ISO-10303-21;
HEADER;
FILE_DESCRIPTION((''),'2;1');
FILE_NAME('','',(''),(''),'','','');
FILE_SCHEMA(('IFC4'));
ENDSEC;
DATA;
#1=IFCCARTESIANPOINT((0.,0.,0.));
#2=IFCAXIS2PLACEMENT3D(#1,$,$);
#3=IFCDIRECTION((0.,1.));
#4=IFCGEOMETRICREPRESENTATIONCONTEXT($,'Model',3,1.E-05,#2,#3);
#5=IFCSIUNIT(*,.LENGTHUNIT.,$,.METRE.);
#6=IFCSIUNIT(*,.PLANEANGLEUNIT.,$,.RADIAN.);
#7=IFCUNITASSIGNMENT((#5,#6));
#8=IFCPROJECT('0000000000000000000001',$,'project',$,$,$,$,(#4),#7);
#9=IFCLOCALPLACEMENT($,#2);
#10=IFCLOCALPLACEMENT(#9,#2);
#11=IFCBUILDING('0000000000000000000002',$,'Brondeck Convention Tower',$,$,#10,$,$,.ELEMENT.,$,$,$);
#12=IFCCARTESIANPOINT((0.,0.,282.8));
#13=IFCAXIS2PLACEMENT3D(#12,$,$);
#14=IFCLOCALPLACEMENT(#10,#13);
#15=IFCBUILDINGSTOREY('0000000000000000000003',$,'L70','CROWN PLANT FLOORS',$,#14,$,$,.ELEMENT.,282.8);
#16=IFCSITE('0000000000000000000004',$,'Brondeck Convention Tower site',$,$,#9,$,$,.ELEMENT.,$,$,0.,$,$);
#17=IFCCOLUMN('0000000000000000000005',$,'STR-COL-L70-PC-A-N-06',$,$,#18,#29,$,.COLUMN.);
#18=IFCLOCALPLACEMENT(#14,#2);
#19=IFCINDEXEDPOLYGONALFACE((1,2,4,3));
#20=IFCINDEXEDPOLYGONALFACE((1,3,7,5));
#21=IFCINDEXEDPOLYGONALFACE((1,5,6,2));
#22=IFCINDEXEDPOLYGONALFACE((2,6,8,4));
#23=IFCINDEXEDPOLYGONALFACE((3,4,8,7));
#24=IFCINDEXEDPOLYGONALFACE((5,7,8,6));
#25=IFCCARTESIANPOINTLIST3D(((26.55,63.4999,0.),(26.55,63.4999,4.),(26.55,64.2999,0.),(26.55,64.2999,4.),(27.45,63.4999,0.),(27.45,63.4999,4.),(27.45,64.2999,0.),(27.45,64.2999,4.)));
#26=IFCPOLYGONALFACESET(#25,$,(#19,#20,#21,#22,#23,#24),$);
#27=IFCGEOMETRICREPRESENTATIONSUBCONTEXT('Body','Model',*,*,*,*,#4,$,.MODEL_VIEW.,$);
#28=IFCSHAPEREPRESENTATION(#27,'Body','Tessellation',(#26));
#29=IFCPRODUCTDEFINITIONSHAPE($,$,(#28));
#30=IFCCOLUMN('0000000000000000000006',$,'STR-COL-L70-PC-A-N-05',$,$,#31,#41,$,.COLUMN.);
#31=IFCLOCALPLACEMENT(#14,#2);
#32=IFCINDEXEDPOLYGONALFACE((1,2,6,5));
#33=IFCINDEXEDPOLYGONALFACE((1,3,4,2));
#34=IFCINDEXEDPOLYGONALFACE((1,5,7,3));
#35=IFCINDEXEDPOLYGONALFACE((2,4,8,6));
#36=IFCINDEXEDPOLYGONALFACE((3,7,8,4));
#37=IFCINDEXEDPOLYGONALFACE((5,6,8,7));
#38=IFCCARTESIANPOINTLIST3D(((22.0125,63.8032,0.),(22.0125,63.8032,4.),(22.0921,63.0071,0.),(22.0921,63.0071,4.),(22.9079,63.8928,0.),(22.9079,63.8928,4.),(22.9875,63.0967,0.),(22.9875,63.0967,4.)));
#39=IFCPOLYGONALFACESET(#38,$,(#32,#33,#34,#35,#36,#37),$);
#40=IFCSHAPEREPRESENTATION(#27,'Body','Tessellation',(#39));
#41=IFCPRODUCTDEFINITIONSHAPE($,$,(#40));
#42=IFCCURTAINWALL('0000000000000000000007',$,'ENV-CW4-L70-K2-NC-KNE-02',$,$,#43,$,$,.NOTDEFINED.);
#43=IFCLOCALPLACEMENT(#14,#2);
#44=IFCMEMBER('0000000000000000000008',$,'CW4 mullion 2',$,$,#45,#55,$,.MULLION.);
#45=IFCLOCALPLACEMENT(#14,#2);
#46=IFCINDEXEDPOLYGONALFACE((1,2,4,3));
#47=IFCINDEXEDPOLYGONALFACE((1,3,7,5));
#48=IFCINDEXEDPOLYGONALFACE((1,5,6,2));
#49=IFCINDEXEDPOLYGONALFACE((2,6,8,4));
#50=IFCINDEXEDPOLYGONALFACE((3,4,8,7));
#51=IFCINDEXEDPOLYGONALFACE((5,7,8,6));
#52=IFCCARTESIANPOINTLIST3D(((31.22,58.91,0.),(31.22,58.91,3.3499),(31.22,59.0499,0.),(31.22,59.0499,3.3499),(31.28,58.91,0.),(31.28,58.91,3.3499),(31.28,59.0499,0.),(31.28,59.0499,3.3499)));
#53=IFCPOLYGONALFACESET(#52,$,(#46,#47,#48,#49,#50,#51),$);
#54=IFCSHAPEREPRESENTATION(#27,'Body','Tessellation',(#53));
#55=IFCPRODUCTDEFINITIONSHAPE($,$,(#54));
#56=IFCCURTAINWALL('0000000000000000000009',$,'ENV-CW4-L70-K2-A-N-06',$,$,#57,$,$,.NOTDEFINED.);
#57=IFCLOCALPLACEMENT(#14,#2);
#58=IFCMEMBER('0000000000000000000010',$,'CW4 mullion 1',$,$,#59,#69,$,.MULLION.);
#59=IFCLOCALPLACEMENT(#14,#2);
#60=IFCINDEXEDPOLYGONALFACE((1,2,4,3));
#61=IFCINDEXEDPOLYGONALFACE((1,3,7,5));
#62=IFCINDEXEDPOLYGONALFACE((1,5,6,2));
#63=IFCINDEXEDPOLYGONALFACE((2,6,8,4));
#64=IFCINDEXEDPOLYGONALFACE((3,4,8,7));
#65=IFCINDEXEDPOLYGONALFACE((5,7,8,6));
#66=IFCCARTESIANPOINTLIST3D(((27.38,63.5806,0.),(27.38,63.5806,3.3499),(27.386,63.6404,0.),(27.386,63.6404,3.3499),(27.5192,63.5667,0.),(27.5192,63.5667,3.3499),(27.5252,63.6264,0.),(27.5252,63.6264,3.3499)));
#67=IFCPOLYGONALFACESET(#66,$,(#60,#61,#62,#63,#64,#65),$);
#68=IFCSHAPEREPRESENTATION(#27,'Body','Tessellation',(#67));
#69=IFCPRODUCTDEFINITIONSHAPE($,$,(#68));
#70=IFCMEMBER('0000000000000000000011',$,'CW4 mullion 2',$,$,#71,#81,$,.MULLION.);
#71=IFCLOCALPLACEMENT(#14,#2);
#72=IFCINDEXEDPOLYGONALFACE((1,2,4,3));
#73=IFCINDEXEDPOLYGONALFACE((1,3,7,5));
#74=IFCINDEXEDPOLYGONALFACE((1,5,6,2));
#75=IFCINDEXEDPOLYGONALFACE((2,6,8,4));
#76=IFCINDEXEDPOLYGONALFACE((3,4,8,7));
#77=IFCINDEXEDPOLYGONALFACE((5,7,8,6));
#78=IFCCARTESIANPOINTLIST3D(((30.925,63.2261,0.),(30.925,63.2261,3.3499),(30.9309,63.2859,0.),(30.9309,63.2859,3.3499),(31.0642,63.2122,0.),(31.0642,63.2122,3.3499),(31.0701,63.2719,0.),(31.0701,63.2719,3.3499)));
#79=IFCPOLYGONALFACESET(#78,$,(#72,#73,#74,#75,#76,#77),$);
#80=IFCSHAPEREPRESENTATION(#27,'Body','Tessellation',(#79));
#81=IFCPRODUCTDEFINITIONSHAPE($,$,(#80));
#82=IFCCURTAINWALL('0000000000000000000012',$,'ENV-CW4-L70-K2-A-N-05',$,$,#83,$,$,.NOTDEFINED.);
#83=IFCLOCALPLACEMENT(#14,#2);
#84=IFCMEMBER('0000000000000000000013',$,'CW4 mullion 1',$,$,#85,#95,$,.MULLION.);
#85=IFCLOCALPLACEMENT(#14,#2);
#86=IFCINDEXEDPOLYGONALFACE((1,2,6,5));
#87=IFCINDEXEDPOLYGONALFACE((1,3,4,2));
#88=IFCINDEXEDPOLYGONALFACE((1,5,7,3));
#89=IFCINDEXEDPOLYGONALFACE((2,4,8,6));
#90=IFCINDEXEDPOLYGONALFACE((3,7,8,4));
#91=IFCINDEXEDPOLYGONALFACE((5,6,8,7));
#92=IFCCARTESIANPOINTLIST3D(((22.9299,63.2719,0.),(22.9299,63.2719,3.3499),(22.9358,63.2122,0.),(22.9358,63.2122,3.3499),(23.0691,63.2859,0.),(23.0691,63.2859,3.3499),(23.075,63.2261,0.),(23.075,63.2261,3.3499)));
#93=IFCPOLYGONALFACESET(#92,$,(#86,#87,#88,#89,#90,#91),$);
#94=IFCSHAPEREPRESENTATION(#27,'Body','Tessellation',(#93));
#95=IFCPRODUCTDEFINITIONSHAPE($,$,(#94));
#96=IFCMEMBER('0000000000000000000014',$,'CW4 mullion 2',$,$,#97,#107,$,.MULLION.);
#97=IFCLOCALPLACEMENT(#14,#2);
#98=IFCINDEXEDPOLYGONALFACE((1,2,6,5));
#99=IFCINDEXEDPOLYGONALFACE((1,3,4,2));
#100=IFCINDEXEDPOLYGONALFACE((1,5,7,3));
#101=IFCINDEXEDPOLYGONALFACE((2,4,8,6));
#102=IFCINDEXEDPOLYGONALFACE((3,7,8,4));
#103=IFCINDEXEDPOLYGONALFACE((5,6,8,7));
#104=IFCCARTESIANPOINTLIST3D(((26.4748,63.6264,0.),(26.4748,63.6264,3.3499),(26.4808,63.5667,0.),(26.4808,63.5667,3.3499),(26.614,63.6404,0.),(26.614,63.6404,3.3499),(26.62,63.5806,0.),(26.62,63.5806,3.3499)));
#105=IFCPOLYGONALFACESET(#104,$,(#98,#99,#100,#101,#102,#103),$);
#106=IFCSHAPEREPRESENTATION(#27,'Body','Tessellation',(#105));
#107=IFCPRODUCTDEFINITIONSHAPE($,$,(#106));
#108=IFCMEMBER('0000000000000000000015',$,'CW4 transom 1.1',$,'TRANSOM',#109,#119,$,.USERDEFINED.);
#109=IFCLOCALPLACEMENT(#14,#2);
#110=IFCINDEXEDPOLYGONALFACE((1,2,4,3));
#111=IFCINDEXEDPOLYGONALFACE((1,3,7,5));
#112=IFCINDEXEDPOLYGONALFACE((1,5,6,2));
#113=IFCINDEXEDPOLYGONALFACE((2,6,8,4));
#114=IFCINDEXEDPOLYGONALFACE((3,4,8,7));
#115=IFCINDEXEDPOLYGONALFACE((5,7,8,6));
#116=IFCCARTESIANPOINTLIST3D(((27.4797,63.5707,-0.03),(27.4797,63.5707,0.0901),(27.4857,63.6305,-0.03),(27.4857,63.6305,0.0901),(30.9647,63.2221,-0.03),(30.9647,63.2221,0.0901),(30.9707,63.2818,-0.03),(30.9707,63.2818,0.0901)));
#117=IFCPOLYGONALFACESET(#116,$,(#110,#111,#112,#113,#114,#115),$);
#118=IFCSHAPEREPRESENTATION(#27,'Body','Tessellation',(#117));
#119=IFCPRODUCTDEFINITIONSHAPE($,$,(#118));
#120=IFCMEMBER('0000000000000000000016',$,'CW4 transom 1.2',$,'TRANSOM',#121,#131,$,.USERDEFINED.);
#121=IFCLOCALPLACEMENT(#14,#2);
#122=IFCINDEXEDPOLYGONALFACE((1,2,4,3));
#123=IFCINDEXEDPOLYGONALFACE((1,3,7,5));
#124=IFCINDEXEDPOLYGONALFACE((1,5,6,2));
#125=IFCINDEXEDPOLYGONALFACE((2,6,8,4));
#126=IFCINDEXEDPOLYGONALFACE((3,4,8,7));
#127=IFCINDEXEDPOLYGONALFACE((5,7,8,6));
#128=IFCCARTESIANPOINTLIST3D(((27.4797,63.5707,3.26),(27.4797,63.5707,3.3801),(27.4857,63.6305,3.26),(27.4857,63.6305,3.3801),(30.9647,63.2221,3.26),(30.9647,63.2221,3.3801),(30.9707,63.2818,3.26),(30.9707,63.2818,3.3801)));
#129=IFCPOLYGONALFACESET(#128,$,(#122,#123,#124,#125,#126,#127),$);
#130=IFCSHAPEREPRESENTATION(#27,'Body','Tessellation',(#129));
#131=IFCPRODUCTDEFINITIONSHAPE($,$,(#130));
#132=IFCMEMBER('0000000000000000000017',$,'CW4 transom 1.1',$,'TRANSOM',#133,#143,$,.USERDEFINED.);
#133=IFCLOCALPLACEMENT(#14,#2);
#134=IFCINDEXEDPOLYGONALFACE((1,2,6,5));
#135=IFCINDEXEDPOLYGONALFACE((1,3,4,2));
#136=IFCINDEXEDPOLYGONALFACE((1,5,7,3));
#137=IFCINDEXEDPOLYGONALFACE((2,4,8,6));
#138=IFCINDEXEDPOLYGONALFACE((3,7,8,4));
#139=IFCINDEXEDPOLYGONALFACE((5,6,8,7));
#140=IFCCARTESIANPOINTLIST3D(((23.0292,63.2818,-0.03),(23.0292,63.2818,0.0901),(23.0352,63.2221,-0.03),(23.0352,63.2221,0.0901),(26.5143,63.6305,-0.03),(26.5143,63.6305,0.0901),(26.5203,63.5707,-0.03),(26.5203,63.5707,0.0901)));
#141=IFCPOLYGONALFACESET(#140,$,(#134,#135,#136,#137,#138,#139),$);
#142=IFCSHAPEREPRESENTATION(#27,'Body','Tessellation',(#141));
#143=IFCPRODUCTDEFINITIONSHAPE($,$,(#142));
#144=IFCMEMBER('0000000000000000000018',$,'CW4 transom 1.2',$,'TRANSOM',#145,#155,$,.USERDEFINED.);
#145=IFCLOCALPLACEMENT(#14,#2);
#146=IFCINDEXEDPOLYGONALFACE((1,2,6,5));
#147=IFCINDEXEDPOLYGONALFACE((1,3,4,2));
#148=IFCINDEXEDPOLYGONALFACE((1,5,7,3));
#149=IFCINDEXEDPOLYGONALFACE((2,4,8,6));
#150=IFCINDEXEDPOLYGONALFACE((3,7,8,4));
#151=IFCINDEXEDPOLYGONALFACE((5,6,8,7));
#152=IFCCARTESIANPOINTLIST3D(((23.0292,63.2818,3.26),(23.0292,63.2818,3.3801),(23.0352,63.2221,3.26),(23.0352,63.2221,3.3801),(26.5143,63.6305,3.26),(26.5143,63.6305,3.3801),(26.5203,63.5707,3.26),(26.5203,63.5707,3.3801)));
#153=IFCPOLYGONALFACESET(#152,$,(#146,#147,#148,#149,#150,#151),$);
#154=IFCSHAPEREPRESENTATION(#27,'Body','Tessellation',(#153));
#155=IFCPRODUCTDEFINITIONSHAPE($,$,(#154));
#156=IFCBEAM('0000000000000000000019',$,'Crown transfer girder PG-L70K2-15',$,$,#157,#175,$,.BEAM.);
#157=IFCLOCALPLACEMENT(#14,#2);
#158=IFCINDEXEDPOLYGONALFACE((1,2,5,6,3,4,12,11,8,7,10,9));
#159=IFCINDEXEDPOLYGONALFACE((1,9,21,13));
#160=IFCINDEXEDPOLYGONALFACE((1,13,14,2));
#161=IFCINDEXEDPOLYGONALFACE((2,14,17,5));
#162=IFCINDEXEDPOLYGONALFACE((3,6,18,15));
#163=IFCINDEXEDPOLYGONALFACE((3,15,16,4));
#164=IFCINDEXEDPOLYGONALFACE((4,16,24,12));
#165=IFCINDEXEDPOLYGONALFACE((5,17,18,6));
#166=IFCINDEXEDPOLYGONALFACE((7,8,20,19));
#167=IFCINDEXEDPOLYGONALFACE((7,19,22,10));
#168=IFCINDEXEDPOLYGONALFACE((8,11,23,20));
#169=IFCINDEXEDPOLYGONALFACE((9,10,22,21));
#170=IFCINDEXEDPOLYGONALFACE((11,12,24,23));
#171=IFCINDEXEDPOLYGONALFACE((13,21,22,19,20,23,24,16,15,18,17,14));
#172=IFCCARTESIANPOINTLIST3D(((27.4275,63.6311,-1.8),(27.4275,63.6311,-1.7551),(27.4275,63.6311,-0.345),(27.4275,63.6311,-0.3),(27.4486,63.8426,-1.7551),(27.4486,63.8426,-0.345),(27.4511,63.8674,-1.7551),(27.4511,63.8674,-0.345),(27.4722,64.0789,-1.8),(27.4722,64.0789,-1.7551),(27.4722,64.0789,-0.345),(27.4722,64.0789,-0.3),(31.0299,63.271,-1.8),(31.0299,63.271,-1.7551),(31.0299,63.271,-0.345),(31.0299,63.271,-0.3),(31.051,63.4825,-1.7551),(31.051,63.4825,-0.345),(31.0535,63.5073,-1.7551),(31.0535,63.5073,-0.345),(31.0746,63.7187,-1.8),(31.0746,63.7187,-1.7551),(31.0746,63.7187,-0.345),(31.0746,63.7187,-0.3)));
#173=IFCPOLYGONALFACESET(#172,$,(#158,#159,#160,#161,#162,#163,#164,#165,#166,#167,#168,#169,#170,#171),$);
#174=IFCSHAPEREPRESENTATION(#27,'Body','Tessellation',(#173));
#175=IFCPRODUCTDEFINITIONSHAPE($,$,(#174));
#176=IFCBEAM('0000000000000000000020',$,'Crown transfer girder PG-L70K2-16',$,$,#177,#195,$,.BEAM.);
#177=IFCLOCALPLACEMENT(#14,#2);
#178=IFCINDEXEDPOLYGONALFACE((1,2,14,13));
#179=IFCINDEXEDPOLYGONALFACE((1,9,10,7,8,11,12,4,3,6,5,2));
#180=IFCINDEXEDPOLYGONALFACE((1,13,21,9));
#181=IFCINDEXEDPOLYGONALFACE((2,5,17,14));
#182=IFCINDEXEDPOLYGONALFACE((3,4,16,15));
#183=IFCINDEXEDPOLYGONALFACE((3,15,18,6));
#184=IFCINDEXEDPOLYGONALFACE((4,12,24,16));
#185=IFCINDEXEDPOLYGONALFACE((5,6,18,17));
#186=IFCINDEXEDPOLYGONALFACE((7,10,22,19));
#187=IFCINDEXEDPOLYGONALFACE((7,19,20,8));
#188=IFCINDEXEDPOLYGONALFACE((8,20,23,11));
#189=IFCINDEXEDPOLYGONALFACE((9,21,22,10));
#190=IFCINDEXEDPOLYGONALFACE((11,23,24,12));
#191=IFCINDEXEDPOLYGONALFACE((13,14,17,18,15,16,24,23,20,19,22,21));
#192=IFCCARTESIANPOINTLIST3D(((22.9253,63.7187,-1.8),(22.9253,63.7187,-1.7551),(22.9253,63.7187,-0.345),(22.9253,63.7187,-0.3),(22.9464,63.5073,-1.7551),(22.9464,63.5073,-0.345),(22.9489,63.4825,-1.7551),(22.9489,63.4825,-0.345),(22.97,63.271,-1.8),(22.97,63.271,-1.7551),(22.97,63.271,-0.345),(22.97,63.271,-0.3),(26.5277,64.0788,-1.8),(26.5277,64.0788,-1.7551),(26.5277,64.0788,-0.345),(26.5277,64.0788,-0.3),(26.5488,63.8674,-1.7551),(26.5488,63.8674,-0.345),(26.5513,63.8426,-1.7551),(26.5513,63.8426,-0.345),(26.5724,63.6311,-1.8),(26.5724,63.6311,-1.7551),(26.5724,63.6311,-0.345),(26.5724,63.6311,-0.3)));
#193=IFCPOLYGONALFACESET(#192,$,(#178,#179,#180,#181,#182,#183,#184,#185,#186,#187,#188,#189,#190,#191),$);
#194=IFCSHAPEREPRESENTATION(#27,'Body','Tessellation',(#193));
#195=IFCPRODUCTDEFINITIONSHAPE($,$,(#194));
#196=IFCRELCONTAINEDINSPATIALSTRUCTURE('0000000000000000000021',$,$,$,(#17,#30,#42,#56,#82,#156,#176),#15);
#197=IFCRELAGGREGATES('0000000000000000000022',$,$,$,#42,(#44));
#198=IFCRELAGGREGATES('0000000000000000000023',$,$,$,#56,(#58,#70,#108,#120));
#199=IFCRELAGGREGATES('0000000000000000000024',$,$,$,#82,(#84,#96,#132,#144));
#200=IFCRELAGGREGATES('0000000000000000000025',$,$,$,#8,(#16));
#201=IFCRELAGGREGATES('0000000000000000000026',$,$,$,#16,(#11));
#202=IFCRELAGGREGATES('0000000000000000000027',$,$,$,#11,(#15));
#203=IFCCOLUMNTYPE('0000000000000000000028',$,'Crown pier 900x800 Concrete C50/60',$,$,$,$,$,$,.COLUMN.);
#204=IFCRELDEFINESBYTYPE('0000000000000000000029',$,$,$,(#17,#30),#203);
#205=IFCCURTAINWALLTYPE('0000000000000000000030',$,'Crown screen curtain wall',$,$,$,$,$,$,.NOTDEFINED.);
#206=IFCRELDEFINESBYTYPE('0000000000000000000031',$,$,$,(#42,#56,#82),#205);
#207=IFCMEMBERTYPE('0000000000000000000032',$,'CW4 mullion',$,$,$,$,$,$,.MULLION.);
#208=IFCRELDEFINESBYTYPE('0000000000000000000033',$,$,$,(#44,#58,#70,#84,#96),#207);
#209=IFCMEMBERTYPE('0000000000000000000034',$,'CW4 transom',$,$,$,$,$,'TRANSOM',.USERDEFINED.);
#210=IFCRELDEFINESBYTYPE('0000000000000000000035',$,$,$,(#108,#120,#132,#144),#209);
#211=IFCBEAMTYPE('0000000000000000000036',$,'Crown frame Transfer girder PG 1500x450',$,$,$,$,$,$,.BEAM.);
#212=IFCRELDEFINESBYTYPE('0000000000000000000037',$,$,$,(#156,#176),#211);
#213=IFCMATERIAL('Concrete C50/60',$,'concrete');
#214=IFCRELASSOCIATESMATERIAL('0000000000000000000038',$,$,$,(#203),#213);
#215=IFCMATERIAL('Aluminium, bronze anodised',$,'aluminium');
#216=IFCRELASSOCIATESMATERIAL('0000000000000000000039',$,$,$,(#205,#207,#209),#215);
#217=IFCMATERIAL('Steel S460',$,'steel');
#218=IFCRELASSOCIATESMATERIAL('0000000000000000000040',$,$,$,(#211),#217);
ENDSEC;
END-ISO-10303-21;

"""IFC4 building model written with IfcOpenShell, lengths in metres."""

from ifc_helpers import new_model, si_unit, direction, frame, origin, origin_2d, place, context, subcontext, project, spatial, rectangle, i_section, extrude, material, material_profile, profile_set, type_object, element, aggregate, save


model = new_model("IFC4")

# Units and contexts
model_context = context("Model", 3, precision=1e-05, world=origin(), true_north=direction((0.0, 1.0)))
body_context = subcontext(model_context, "Body", "Model", "MODEL_VIEW")
ifc_project = project(units=[si_unit("LENGTHUNIT", "METRE"), si_unit("PLANEANGLEUNIT", "RADIAN")], contexts=[model_context])

# Site, building, storey
site_placement = place(None, origin())
site = spatial("IfcSite", under=ifc_project, at=site_placement, Name="Brondeck Convention Tower site", CompositionType="ELEMENT", RefElevation=0.0)
building_placement = place(site_placement, origin())
building = spatial("IfcBuilding", under=site, at=building_placement, Name="Brondeck Convention Tower", CompositionType="ELEMENT")
storey_placement = place(building_placement, frame((0.0, 0.0, 282.8)))
storey = spatial("IfcBuildingStorey", under=building, at=storey_placement, Name="L70", Description="CROWN PLANT FLOORS", CompositionType="ELEMENT", Elevation=282.8)

# Columns
ifc_material_1 = material(Name="Concrete C50/60", Category="concrete")
ifc_material_profile_1 = material_profile(ifc_material_1, rectangle(XDim=0.8999, YDim=0.8, at=origin_2d()), Name="Crown pier 900x800 Concrete C50/60")
ifc_profile_set_1 = profile_set([ifc_material_profile_1], Name="Concrete C50/60")
column_type = type_object("IfcColumnType", Name="Crown pier 900x800 Concrete C50/60", PredefinedType="COLUMN", material=ifc_profile_set_1)
for number, where, z_axis, x_axis, name in (
    (1, (27.0, 63.8999, 0.0), (0.0, 0.0, 1.0), (-1.0, 0.0, 0.0), "STR-COL-L70-PC-A-N-06"),
    (2, (22.5, 63.45, 0.0), (0.0, 0.0, 1.0), (-0.995037, -0.099504, 0.0), "STR-COL-L70-PC-A-N-05"),
):
    element("IfcColumn", number, at=place(storey_placement, frame(where, z_axis=z_axis, x_axis=x_axis)), inside=storey, type_object=column_type, Name=name, PredefinedType="COLUMN", context=body_context, shape_type="SweptSolid", body=[
        extrude(rectangle(XDim=0.8999, YDim=0.8, at=origin_2d()), origin(), (0.0, 0.0, 1.0), 4.0),
    ])

# Curtain wall, member
ifc_material_2 = material(Name="Aluminium, bronze anodised", Category="aluminium")
curtain_wall_type = type_object("IfcCurtainWallType", Name="Crown screen curtain wall", PredefinedType="NOTDEFINED", material=ifc_material_2)
curtain_wall_1_placement = place(storey_placement, origin())
curtain_wall_1 = element("IfcCurtainWall", 3, at=curtain_wall_1_placement, inside=storey, type_object=curtain_wall_type, Name="ENV-CW4-L70-K2-NC-KNE-02", PredefinedType="NOTDEFINED")
ifc_material_profile_2 = material_profile(ifc_material_2, rectangle(XDim=0.0601, YDim=0.1399, at=origin_2d()), Name="CW4 mullion")
ifc_profile_set_2 = profile_set([ifc_material_profile_2], Name="Aluminium, bronze anodised")
member_type_1 = type_object("IfcMemberType", Name="CW4 mullion", PredefinedType="MULLION", material=ifc_profile_set_2)
member_1_placement = place(storey_placement, frame((31.25, 58.98, 0.0), z_axis=(0.0, 0.0, 1.0), x_axis=(1.0, 0.0, 0.0)))
member_1 = element("IfcMember", 4, at=member_1_placement, type_object=member_type_1, Name="CW4 mullion 2", PredefinedType="MULLION", context=body_context, shape_type="SweptSolid", body=[
    extrude(rectangle(XDim=0.0601, YDim=0.1399, at=origin_2d()), origin(), (0.0, 0.0, 1.0), 3.3499),
])
aggregate(curtain_wall_1, [member_1])

# Curtain walls, members
curtain_wall_2_placement = place(storey_placement, origin())
curtain_wall_2 = element("IfcCurtainWall", 5, at=curtain_wall_2_placement, inside=storey, type_object=curtain_wall_type, Name="ENV-CW4-L70-K2-A-N-06", PredefinedType="NOTDEFINED")
member_2_placement = place(storey_placement, frame((27.4526, 63.6035, 0.0), z_axis=(0.0, 0.0, 1.0), x_axis=(0.099517, 0.995036, 0.0)))
member_2 = element("IfcMember", 6, at=member_2_placement, type_object=member_type_1, Name="CW4 mullion 1", PredefinedType="MULLION", context=body_context, shape_type="SweptSolid", body=[
    extrude(rectangle(XDim=0.0601, YDim=0.1399, at=origin_2d()), origin(), (0.0, 0.0, 1.0), 3.3499),
])
member_3_placement = place(storey_placement, frame((30.9976, 63.249, 0.0), z_axis=(0.0, 0.0, 1.0), x_axis=(0.099517, 0.995036, 0.0)))
member_3 = element("IfcMember", 7, at=member_3_placement, type_object=member_type_1, Name="CW4 mullion 2", PredefinedType="MULLION", context=body_context, shape_type="SweptSolid", body=[
    extrude(rectangle(XDim=0.0601, YDim=0.1399, at=origin_2d()), origin(), (0.0, 0.0, 1.0), 3.3499),
])
curtain_wall_3_placement = place(storey_placement, origin())
curtain_wall_3 = element("IfcCurtainWall", 8, at=curtain_wall_3_placement, inside=storey, type_object=curtain_wall_type, Name="ENV-CW4-L70-K2-A-N-05", PredefinedType="NOTDEFINED")
member_4_placement = place(storey_placement, frame((23.0024, 63.249, 0.0), z_axis=(0.0, 0.0, 1.0), x_axis=(-0.099517, 0.995036, 0.0)))
member_4 = element("IfcMember", 9, at=member_4_placement, type_object=member_type_1, Name="CW4 mullion 1", PredefinedType="MULLION", context=body_context, shape_type="SweptSolid", body=[
    extrude(rectangle(XDim=0.0601, YDim=0.1399, at=origin_2d()), origin(), (0.0, 0.0, 1.0), 3.3499),
])
member_5_placement = place(storey_placement, frame((26.5474, 63.6035, 0.0), z_axis=(0.0, 0.0, 1.0), x_axis=(-0.099517, 0.995036, 0.0)))
member_5 = element("IfcMember", 10, at=member_5_placement, type_object=member_type_1, Name="CW4 mullion 2", PredefinedType="MULLION", context=body_context, shape_type="SweptSolid", body=[
    extrude(rectangle(XDim=0.0601, YDim=0.1399, at=origin_2d()), origin(), (0.0, 0.0, 1.0), 3.3499),
])

# Members
ifc_material_profile_3 = material_profile(ifc_material_2, rectangle(XDim=0.0601, YDim=0.1201, at=origin_2d()), Name="CW4 transom")
ifc_profile_set_3 = profile_set([ifc_material_profile_3], Name="Aluminium, bronze anodised")
member_type_2 = type_object("IfcMemberType", Name="CW4 transom", ElementType="TRANSOM", PredefinedType="USERDEFINED", material=ifc_profile_set_3)
member_6_placement = place(storey_placement, frame((27.4827, 63.6006, 0.03), z_axis=(0.995034, -0.099538, 0.0), x_axis=(0.099538, 0.995034, 0.0)))
member_6 = element("IfcMember", 11, at=member_6_placement, type_object=member_type_2, Name="CW4 transom 1.1", ObjectType="TRANSOM", PredefinedType="USERDEFINED", context=body_context, shape_type="SweptSolid", body=[
    extrude(rectangle(XDim=0.0601, YDim=0.1201, at=origin_2d()), origin(), (0.0, 0.0, 1.0), 3.5024),
])
member_7_placement = place(storey_placement, frame((27.4827, 63.6006, 3.3201), z_axis=(0.995034, -0.099538, 0.0), x_axis=(0.099538, 0.995034, 0.0)))
member_7 = element("IfcMember", 12, at=member_7_placement, type_object=member_type_2, Name="CW4 transom 1.2", ObjectType="TRANSOM", PredefinedType="USERDEFINED", context=body_context, shape_type="SweptSolid", body=[
    extrude(rectangle(XDim=0.0601, YDim=0.1201, at=origin_2d()), origin(), (0.0, 0.0, 1.0), 3.5024),
])
member_8_placement = place(storey_placement, frame((23.0322, 63.252, 0.03), z_axis=(0.995034, 0.099538, 0.0), x_axis=(-0.099538, 0.995034, 0.0)))
member_8 = element("IfcMember", 13, at=member_8_placement, type_object=member_type_2, Name="CW4 transom 1.1", ObjectType="TRANSOM", PredefinedType="USERDEFINED", context=body_context, shape_type="SweptSolid", body=[
    extrude(rectangle(XDim=0.0601, YDim=0.1201, at=origin_2d()), origin(), (0.0, 0.0, 1.0), 3.5024),
])
member_9_placement = place(storey_placement, frame((23.0322, 63.252, 3.3201), z_axis=(0.995034, 0.099538, 0.0), x_axis=(-0.099538, 0.995034, 0.0)))
member_9 = element("IfcMember", 14, at=member_9_placement, type_object=member_type_2, Name="CW4 transom 1.2", ObjectType="TRANSOM", PredefinedType="USERDEFINED", context=body_context, shape_type="SweptSolid", body=[
    extrude(rectangle(XDim=0.0601, YDim=0.1201, at=origin_2d()), origin(), (0.0, 0.0, 1.0), 3.5024),
])

# Beams
ifc_material_3 = material(Name="Steel S460", Category="steel")
ifc_material_profile_4 = material_profile(ifc_material_3, i_section(OverallWidth=0.45, OverallDepth=1.5, WebThickness=0.0249, FlangeThickness=0.0449, at=origin_2d()), Name="PG 1500x450")
ifc_profile_set_4 = profile_set([ifc_material_profile_4], Name="Steel S460")
beam_type = type_object("IfcBeamType", Name="Crown frame Transfer girder PG 1500x450", PredefinedType="BEAM", material=ifc_profile_set_4)
for number, where, z_axis, x_axis, name in (
    (15, (31.0522, 63.4949, -1.05), (-0.995041, 0.09947, 0.0), (-0.09947, -0.995041, 0.0), "Crown transfer girder PG-L70K2-15"),
    (16, (26.55, 63.855, -1.05), (-0.995041, -0.09947, 0.0), (0.09947, -0.995041, 0.0), "Crown transfer girder PG-L70K2-16"),
):
    element("IfcBeam", number, at=place(storey_placement, frame(where, z_axis=z_axis, x_axis=x_axis)), inside=storey, type_object=beam_type, Name=name, PredefinedType="BEAM", context=body_context, shape_type="SweptSolid", body=[
        extrude(i_section(OverallWidth=0.45, OverallDepth=1.5, WebThickness=0.0249, FlangeThickness=0.0449, at=origin_2d()), origin(), (0.0, 0.0, 1.0), 3.6204),
    ])

aggregate(curtain_wall_2, [member_2, member_3, member_6, member_7])
aggregate(curtain_wall_3, [member_4, member_5, member_8, member_9])

save(model, "model.ifc")
